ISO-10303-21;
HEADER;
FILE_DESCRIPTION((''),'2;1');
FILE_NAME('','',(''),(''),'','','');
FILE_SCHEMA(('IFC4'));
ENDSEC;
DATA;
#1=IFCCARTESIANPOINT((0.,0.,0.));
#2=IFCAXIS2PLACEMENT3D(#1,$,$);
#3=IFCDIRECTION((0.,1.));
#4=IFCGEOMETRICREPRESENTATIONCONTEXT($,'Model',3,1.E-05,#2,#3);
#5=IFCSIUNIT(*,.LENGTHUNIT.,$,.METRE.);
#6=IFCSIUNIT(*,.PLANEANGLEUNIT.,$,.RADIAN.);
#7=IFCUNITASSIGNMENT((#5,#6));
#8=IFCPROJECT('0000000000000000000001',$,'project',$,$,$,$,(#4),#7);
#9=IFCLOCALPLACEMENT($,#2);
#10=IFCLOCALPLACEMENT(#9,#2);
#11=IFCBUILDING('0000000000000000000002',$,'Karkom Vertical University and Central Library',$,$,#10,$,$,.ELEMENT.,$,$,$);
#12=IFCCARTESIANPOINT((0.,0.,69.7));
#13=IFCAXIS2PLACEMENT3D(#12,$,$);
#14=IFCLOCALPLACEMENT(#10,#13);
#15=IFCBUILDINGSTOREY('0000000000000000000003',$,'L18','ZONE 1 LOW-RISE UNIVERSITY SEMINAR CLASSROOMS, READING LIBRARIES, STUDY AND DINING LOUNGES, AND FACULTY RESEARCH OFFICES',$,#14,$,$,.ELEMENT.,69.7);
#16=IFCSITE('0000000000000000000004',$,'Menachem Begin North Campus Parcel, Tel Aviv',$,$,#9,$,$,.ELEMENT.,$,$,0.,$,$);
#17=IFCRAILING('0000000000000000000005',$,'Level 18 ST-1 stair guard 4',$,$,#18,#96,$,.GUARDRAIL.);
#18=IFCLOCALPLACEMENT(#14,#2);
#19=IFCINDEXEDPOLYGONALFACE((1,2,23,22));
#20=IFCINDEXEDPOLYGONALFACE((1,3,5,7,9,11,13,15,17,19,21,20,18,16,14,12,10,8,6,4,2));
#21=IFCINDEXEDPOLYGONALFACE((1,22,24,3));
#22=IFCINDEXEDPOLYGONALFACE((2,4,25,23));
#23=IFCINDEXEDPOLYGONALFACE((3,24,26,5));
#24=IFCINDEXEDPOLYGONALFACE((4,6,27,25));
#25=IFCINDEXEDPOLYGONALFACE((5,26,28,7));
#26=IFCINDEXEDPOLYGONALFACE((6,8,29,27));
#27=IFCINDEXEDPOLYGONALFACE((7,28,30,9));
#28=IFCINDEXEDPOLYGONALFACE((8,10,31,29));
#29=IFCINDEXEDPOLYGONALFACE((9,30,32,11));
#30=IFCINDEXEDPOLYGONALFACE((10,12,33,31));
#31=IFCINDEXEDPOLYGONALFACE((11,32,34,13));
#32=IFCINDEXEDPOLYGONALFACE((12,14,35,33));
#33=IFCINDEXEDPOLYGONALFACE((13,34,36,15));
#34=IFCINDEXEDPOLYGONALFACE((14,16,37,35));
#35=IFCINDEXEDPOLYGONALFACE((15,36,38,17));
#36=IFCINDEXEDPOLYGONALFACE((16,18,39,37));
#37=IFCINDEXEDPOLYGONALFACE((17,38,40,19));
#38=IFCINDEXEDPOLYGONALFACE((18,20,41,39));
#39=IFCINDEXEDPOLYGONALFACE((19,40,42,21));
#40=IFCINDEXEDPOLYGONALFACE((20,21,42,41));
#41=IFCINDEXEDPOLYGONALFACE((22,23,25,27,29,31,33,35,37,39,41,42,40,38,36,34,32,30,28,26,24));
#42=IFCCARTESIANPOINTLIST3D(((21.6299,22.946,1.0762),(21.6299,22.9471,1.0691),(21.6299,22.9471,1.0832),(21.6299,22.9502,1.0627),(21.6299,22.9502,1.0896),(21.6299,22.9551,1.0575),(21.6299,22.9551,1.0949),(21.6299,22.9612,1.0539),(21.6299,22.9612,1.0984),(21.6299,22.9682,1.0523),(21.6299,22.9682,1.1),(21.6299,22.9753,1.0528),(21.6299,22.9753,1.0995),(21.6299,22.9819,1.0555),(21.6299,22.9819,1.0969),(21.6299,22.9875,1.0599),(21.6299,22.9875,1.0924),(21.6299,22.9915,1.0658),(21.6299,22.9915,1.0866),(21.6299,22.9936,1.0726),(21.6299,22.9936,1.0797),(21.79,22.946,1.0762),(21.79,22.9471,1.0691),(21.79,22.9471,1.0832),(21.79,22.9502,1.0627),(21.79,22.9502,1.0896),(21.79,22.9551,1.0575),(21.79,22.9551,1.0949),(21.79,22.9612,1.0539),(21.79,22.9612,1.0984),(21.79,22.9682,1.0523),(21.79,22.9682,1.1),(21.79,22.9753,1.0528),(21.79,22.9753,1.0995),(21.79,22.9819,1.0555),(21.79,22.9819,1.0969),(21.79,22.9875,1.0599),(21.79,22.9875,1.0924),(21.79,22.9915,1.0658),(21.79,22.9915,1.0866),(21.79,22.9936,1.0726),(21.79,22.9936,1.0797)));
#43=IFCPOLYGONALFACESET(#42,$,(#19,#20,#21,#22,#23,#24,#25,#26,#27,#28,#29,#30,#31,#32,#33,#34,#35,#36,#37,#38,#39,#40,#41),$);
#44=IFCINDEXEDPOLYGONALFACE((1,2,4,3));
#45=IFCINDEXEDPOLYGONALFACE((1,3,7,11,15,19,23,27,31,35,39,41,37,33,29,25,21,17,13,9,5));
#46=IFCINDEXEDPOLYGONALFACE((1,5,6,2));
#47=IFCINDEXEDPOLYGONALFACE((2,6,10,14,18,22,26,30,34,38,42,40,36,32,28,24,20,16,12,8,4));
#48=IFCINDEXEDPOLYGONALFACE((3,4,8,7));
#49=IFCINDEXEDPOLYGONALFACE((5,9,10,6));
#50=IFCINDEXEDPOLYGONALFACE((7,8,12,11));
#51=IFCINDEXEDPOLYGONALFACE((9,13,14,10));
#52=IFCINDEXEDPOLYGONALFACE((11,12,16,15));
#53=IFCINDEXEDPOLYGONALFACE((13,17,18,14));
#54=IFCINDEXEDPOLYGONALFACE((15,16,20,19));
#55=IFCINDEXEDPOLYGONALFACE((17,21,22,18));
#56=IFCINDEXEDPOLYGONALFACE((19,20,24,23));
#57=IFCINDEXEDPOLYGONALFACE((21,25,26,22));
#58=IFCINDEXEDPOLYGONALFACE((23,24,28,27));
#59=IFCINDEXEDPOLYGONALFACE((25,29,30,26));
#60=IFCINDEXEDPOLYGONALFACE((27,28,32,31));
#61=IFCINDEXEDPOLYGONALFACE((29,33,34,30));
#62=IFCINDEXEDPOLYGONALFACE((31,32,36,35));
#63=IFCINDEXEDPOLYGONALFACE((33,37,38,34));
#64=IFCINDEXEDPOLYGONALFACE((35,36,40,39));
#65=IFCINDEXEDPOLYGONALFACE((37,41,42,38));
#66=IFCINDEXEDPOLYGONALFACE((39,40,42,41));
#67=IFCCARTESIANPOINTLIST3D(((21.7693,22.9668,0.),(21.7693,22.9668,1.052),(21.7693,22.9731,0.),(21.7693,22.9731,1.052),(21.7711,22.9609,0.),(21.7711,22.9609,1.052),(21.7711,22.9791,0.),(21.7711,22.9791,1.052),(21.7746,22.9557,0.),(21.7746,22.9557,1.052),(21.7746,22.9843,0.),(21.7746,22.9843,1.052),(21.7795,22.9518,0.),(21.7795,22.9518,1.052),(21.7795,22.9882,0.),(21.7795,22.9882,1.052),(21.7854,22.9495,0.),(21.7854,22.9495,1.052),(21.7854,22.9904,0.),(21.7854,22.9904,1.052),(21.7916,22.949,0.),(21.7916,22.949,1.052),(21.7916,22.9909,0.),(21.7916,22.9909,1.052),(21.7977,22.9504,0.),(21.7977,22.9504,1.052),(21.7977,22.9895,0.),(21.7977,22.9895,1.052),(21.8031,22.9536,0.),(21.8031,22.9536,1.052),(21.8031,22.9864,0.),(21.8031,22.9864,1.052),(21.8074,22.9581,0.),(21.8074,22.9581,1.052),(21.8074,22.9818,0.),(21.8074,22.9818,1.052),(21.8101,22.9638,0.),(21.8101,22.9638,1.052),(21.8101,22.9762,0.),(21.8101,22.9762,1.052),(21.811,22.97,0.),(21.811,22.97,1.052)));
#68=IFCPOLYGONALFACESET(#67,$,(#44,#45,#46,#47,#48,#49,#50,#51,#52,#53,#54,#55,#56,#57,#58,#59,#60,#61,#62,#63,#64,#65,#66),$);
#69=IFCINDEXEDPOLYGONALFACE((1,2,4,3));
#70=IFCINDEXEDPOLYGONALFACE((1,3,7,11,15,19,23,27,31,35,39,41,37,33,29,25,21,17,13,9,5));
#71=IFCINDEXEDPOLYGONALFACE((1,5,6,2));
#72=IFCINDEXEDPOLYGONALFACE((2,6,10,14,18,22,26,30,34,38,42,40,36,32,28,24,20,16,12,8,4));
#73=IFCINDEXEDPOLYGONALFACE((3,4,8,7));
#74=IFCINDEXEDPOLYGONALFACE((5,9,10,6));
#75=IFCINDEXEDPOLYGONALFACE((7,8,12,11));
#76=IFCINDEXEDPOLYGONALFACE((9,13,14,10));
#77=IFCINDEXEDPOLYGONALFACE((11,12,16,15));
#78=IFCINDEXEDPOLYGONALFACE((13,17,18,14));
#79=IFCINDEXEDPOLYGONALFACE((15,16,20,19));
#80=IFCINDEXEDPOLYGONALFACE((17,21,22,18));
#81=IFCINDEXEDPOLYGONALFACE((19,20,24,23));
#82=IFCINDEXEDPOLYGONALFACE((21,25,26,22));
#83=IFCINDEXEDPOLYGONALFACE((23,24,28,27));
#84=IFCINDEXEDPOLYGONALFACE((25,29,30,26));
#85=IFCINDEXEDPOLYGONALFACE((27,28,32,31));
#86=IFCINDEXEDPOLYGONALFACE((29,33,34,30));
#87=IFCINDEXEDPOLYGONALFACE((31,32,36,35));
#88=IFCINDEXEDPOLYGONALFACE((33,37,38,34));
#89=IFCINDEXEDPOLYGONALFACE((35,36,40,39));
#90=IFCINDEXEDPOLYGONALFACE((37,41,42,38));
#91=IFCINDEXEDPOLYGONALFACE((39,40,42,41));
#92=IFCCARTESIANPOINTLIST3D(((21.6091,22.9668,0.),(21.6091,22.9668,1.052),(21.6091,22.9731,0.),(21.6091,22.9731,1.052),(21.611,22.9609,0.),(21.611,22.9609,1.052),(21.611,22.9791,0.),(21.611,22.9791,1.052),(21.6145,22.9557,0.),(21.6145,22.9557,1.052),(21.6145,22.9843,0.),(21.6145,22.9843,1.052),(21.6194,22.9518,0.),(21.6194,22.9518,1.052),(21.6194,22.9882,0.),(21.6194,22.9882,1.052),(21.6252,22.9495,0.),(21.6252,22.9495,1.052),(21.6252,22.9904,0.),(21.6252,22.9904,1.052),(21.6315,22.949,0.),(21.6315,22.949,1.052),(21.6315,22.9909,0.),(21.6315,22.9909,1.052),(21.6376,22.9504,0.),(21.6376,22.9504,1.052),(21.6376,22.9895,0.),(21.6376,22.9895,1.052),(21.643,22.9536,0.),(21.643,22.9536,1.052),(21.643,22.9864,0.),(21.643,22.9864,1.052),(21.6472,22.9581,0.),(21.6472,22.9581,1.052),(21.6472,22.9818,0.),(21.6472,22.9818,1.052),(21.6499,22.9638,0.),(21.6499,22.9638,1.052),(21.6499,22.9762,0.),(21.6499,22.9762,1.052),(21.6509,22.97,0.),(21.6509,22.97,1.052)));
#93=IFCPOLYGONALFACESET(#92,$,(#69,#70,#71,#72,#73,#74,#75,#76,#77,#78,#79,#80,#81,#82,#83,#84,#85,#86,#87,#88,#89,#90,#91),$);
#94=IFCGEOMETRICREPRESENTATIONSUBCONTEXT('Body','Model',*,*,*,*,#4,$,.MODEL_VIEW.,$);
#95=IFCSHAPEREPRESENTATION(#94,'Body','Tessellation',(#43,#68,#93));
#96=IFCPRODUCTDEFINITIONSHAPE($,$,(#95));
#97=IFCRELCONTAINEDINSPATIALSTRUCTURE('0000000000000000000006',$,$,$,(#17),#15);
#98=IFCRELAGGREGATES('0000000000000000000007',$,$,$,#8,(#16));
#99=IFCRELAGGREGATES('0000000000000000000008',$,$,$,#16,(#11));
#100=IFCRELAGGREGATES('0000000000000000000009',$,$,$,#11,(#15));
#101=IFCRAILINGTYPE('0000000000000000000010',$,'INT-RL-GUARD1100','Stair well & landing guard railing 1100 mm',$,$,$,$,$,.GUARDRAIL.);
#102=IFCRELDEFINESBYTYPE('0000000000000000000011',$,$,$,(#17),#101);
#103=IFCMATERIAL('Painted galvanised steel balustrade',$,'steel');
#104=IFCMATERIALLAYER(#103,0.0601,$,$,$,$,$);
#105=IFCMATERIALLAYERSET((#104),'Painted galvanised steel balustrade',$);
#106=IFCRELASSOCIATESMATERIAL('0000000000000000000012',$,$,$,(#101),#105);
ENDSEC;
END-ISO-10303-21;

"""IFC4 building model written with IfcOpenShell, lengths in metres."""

from ifc_helpers import new_model, si_unit, direction, frame, origin, origin_2d, place, context, subcontext, project, spatial, circle, extrude, material, layer, layer_set, type_object, element, save


model = new_model("IFC4")

# Units and contexts
model_context = context("Model", 3, precision=1e-05, world=origin(), true_north=direction((0.0, 1.0)))
body_context = subcontext(model_context, "Body", "Model", "MODEL_VIEW")
ifc_project = project(units=[si_unit("LENGTHUNIT", "METRE"), si_unit("PLANEANGLEUNIT", "RADIAN")], contexts=[model_context])

# Site, building, storey
site_placement = place(None, origin())
site = spatial("IfcSite", under=ifc_project, at=site_placement, Name="Menachem Begin North Campus Parcel, Tel Aviv", CompositionType="ELEMENT", RefElevation=0.0)
building_placement = place(site_placement, origin())
building = spatial("IfcBuilding", under=site, at=building_placement, Name="Karkom Vertical University and Central Library", CompositionType="ELEMENT")
storey_placement = place(building_placement, frame((0.0, 0.0, 69.7)))
storey = spatial("IfcBuildingStorey", under=building, at=storey_placement, Name="L18", Description="ZONE 1 LOW-RISE UNIVERSITY SEMINAR CLASSROOMS, READING LIBRARIES, STUDY AND DINING LOUNGES, AND FACULTY RESEARCH OFFICES", CompositionType="ELEMENT", Elevation=69.7)

# Railing
ifc_material_1 = material(Name="Painted galvanised steel balustrade", Category="steel")
ifc_layer_1 = layer(ifc_material_1, 0.0601)
ifc_layer_set_1 = layer_set([ifc_layer_1], Name="Painted galvanised steel balustrade")
railing_type_1 = type_object("IfcRailingType", Name="INT-RL-GUARD1100", Description="Stair well & landing guard railing 1100 mm", PredefinedType="GUARDRAIL", material=ifc_layer_set_1)
railing_1_placement = place(storey_placement, frame((21.79, 22.97, 0.0)))
element("IfcRailing", 1, at=railing_1_placement, inside=storey, type_object=railing_type_1, Name="Level 18 ST-1 stair guard 4", PredefinedType="GUARDRAIL", context=body_context, shape_type="SweptSolid", body=[
    extrude(circle(Radius=0.0239, at=origin_2d()), frame((0.0, 0.0, 1.0762), z_axis=(-1.0, 0.0, 0.0), x_axis=(0.0, -1.0, 0.0)), (0.0, 0.0, 1.0), 0.1602),
    extrude(circle(Radius=0.021, at=origin_2d()), origin(), (0.0, 0.0, 1.0), 1.052),
    extrude(circle(Radius=0.021, at=origin_2d()), frame((-0.1602, 0.0, 0.0)), (0.0, 0.0, 1.0), 1.052),
])

save(model, "model.ifc")
